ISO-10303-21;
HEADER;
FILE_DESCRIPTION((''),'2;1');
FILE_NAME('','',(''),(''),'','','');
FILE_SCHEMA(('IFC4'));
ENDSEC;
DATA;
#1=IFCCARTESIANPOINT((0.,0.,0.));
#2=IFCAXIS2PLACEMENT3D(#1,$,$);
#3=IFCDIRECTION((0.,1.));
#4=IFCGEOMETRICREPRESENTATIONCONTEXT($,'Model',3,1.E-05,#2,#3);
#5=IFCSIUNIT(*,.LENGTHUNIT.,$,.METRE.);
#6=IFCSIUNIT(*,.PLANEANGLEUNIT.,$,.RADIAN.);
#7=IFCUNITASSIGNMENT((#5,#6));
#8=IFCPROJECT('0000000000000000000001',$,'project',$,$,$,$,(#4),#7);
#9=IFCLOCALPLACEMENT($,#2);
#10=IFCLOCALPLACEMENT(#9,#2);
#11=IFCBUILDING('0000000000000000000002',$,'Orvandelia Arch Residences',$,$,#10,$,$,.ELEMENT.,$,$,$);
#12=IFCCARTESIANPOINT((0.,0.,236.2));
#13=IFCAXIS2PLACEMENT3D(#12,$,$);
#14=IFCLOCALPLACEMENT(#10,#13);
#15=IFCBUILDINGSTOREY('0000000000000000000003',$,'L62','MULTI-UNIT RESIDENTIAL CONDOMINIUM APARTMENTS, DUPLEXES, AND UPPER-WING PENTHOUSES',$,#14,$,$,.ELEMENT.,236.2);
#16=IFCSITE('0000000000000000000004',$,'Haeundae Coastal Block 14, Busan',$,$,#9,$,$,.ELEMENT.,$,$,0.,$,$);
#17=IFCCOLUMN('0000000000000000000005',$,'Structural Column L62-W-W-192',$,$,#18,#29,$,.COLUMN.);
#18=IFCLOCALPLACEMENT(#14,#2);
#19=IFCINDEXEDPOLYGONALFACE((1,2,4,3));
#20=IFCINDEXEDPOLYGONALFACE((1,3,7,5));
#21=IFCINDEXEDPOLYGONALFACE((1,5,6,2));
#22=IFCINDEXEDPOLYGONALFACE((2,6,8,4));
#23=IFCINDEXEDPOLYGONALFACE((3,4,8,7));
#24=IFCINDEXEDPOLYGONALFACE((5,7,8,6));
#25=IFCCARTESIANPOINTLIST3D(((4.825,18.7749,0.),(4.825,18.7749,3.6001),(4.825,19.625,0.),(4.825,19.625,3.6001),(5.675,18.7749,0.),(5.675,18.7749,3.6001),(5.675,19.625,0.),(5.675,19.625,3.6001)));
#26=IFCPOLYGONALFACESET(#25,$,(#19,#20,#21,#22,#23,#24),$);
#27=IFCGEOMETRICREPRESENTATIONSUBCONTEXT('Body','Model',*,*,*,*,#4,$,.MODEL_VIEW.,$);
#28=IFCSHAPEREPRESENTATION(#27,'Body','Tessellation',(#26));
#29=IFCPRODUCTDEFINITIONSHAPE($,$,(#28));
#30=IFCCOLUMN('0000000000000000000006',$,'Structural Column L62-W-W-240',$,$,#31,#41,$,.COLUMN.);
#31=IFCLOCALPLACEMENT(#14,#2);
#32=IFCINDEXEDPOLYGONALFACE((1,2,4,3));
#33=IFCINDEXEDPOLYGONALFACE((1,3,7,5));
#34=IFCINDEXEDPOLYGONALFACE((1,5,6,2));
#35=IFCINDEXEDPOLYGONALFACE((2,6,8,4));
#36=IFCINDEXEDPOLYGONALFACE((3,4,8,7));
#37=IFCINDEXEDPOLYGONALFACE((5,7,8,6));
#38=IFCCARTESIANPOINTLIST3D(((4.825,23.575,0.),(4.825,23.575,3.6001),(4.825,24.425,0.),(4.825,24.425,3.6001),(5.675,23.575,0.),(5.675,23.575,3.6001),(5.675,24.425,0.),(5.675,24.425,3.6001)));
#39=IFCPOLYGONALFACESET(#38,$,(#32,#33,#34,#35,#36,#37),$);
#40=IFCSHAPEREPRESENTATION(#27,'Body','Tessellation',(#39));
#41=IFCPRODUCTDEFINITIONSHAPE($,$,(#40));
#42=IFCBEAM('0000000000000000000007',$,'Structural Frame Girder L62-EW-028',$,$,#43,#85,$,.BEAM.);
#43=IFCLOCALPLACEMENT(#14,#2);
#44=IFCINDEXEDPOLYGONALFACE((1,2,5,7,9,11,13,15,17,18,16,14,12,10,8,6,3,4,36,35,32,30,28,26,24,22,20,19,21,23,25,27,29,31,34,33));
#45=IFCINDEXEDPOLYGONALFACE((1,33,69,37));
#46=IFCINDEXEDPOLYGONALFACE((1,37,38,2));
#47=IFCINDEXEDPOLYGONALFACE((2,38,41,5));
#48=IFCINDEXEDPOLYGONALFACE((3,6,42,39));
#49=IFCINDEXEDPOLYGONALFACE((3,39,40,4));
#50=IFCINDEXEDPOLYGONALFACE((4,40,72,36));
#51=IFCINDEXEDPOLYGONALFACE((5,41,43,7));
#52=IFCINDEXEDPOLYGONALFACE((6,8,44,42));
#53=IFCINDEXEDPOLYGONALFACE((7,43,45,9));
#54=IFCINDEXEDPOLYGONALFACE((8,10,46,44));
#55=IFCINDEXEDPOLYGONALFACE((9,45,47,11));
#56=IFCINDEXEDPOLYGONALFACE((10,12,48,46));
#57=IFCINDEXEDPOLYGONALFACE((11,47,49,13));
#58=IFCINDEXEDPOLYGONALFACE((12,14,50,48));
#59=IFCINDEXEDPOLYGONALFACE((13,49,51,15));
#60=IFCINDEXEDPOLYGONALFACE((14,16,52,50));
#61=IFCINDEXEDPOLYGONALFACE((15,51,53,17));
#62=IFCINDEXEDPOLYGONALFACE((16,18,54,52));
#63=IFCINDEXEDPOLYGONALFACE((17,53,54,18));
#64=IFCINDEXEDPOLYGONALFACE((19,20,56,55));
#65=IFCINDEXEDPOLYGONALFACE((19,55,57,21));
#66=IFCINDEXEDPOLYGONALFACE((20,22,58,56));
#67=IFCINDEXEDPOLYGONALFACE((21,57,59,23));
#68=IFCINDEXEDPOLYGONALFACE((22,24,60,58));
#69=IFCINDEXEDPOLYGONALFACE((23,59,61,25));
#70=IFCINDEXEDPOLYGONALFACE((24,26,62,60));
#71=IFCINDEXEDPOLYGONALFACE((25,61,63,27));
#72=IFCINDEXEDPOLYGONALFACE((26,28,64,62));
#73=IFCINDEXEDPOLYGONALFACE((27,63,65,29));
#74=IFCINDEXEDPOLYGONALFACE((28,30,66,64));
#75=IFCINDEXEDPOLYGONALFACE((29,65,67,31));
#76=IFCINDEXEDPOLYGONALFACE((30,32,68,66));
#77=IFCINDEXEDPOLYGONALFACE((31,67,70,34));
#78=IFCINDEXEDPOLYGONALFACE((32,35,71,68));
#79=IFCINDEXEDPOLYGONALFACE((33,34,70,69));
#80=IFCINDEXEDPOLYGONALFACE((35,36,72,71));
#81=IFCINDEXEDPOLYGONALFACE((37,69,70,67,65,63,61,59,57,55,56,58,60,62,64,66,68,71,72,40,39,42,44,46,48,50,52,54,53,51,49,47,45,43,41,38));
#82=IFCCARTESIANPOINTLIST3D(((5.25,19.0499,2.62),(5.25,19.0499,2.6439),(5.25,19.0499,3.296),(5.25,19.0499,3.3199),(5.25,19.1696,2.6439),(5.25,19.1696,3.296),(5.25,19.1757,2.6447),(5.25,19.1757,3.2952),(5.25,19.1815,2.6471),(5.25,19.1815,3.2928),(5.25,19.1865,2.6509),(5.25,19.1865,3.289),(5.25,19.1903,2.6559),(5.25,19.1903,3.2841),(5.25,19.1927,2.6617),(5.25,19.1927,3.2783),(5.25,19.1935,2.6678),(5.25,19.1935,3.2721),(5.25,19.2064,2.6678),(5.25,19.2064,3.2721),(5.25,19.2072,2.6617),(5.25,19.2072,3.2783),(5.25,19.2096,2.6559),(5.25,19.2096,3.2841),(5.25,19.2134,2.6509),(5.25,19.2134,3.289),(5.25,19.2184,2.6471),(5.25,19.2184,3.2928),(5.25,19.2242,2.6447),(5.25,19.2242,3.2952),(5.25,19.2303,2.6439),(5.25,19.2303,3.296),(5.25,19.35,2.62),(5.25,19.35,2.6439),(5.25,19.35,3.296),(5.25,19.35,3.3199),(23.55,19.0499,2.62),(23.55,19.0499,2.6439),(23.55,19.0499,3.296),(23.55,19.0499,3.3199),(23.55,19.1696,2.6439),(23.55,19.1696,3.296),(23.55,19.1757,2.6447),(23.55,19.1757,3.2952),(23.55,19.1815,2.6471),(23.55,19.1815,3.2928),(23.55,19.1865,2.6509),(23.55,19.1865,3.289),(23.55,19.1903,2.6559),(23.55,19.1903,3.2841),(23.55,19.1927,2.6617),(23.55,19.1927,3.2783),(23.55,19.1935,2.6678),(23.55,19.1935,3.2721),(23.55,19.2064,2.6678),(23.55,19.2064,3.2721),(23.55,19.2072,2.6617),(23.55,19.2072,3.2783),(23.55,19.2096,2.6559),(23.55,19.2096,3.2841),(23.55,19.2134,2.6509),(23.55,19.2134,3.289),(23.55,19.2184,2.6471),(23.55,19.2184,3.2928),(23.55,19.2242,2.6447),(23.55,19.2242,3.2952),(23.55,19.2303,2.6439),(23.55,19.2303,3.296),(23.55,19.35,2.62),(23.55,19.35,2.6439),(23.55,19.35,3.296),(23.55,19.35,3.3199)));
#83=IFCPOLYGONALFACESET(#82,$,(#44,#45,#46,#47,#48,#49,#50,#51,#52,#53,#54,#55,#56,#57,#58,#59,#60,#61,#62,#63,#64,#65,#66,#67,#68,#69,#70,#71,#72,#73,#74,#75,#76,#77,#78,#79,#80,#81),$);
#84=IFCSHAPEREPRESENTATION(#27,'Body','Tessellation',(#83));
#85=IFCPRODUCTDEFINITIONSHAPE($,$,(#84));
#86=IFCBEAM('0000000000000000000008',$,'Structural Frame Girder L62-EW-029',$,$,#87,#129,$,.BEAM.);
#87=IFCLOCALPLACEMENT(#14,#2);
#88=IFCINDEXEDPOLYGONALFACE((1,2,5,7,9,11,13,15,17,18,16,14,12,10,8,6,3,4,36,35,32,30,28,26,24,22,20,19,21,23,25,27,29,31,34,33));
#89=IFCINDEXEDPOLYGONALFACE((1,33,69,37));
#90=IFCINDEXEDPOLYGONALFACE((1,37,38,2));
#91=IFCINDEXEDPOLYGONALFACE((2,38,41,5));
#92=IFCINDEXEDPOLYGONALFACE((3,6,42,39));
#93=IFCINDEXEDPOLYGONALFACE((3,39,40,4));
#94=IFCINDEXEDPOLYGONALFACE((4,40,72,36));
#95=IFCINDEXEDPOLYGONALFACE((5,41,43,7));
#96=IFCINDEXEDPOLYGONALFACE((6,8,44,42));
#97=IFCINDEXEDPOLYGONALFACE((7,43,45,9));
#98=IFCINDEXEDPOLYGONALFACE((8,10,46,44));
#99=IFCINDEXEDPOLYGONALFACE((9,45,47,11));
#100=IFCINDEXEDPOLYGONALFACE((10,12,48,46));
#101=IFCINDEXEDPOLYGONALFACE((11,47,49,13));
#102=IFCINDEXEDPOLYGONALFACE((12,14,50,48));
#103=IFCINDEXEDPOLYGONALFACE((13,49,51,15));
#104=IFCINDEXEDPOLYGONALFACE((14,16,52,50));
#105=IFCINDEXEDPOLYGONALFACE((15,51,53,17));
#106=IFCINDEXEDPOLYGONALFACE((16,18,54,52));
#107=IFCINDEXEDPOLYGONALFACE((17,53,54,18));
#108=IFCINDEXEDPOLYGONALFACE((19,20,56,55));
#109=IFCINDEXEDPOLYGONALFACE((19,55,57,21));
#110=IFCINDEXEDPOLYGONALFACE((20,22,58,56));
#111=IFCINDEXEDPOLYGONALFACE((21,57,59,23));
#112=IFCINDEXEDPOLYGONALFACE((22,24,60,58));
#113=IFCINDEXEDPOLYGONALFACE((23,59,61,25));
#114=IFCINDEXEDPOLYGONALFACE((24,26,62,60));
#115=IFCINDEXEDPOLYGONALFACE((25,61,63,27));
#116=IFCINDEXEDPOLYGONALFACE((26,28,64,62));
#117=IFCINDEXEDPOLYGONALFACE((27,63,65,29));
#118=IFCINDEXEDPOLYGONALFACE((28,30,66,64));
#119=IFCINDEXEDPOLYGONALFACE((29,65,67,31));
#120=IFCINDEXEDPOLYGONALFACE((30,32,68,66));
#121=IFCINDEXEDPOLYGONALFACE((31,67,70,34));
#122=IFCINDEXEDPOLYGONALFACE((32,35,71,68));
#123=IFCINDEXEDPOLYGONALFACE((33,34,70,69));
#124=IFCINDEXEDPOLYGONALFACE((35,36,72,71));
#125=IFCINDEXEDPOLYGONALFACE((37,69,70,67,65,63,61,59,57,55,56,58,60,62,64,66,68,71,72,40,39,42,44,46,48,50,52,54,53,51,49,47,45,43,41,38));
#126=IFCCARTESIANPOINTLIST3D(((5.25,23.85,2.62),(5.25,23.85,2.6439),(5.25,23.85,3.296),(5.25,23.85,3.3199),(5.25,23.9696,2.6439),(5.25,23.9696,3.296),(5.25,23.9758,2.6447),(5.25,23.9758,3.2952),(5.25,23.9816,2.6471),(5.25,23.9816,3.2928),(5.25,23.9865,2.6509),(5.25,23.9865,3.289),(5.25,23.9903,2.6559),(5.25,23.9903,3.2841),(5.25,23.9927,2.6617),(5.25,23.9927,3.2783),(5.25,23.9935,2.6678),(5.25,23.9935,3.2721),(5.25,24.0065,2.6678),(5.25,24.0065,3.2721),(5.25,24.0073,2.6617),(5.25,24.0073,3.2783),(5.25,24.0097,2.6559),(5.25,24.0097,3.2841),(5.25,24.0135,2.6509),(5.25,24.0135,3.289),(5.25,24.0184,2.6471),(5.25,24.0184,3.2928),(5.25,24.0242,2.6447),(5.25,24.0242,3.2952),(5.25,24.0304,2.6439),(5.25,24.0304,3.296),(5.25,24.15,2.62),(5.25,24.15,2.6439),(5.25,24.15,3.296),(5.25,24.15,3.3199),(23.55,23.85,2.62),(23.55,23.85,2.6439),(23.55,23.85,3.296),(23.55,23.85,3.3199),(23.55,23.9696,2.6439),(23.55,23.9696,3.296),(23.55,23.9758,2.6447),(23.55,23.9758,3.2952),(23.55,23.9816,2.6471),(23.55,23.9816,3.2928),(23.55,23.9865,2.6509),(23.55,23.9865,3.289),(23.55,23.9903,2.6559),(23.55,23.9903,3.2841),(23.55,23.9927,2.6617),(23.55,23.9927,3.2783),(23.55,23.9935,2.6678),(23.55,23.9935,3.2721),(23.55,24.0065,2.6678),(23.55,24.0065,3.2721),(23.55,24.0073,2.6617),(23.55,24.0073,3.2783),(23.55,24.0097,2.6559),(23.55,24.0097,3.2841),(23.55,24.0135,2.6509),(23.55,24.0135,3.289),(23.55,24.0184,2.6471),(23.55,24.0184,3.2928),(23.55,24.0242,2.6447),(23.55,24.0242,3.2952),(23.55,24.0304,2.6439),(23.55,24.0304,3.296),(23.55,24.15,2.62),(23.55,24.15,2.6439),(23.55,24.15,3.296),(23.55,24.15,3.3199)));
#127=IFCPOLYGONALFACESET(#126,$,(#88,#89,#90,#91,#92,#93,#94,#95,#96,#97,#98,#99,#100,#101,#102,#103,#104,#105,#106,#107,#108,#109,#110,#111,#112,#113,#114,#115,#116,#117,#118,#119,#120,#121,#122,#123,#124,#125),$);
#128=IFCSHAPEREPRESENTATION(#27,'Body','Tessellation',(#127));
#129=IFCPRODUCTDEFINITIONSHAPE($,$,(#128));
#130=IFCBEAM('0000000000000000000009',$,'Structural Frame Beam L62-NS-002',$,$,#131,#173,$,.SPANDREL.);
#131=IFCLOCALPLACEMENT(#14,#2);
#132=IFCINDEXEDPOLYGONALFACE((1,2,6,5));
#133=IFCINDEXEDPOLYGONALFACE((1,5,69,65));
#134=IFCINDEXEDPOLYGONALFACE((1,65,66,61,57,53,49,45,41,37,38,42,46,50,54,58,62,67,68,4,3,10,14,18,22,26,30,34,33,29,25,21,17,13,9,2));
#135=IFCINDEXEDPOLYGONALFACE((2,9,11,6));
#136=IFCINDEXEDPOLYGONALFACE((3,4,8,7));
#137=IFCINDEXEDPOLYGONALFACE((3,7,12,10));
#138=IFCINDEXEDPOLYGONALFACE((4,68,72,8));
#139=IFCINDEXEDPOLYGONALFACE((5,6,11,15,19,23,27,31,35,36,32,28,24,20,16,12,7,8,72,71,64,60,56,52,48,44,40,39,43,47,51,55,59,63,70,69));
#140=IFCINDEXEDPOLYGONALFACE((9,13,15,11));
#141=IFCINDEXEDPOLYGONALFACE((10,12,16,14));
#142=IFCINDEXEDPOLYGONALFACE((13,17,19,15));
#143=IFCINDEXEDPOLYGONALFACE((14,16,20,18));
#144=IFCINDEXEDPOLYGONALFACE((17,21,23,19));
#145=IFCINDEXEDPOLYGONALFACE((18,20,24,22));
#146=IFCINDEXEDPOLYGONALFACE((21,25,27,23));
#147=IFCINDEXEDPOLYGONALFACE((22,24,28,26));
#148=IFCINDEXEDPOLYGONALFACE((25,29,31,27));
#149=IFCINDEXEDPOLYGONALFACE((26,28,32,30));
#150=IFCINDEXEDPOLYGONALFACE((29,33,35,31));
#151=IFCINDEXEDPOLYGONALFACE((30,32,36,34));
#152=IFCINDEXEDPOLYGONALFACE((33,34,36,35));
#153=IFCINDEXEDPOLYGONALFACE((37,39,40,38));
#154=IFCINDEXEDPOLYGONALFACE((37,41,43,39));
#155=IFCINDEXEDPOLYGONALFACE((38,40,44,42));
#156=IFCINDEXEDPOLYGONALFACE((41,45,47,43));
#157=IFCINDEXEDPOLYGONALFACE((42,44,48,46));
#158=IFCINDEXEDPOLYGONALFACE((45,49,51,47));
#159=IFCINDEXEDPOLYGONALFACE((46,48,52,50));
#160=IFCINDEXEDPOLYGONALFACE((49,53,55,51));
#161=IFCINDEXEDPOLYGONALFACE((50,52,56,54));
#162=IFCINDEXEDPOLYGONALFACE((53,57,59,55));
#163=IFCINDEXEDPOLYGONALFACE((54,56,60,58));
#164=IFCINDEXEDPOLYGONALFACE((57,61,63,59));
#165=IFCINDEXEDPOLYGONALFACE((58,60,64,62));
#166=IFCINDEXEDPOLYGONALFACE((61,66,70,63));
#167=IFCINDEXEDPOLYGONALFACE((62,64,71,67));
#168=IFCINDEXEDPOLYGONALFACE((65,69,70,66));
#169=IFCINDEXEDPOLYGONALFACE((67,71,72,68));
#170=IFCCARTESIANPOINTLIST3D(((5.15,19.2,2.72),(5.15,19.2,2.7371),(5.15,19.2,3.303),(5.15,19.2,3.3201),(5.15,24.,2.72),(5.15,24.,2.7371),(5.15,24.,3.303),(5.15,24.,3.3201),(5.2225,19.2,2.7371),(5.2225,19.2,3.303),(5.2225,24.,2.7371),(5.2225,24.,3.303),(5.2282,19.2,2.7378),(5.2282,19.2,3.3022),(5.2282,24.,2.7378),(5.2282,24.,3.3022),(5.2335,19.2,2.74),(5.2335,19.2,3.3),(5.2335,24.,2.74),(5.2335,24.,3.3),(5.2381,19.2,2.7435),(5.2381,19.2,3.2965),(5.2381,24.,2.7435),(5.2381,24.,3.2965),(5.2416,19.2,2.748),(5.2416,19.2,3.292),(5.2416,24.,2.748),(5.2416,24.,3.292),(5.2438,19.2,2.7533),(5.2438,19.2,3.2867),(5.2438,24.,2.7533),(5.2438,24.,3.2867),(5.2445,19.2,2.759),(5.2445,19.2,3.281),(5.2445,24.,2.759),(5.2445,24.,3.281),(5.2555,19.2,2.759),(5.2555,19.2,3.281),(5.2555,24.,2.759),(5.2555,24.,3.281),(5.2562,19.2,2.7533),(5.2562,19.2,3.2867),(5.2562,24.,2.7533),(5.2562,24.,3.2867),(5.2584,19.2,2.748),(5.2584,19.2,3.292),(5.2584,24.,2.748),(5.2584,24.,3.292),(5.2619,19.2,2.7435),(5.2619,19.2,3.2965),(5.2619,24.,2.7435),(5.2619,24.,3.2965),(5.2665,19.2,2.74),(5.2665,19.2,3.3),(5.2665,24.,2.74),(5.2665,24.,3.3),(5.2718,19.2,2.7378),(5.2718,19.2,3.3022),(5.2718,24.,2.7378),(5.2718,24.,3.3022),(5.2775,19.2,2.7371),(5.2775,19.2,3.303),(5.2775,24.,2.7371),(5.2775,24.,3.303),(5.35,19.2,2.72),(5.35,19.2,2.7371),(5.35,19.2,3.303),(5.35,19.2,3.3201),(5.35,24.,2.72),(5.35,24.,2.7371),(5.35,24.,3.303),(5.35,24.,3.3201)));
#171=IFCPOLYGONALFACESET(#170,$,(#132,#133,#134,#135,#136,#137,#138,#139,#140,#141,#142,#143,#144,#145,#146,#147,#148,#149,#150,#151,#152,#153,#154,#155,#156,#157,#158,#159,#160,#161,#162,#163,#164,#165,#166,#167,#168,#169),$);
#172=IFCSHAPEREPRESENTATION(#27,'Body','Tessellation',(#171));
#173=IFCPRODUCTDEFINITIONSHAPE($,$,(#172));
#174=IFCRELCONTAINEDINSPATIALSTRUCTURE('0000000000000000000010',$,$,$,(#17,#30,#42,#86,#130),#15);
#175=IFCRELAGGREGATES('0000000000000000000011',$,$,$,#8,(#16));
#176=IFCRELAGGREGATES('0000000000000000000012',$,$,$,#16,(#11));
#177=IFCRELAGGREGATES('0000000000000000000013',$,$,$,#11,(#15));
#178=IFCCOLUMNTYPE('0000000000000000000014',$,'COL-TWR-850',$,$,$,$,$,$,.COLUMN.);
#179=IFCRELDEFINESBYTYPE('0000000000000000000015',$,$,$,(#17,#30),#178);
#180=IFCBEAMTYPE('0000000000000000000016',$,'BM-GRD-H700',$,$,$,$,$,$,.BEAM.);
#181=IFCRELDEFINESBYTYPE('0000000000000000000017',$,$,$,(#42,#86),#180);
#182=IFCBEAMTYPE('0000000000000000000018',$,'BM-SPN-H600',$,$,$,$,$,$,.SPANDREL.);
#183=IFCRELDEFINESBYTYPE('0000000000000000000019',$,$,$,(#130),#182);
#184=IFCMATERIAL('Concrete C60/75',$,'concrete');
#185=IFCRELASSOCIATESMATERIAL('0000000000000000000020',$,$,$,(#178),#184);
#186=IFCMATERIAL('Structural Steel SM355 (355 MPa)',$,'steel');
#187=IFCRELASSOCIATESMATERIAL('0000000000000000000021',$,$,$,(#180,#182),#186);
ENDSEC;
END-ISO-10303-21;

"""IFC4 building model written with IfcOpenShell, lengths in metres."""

from ifc_helpers import new_model, si_unit, direction, frame, origin, origin_2d, place, context, subcontext, project, spatial, rectangle, i_section, extrude, material, material_profile, profile_set, type_object, element, save


model = new_model("IFC4")

# Units and contexts
model_context = context("Model", 3, precision=1e-05, world=origin(), true_north=direction((0.0, 1.0)))
body_context = subcontext(model_context, "Body", "Model", "MODEL_VIEW")
ifc_project = project(units=[si_unit("LENGTHUNIT", "METRE"), si_unit("PLANEANGLEUNIT", "RADIAN")], contexts=[model_context])

# Site, building, storey
site_placement = place(None, origin())
site = spatial("IfcSite", under=ifc_project, at=site_placement, Name="Haeundae Coastal Block 14, Busan", CompositionType="ELEMENT", RefElevation=0.0)
building_placement = place(site_placement, origin())
building = spatial("IfcBuilding", under=site, at=building_placement, Name="Orvandelia Arch Residences", CompositionType="ELEMENT")
storey_placement = place(building_placement, frame((0.0, 0.0, 236.2)))
storey = spatial("IfcBuildingStorey", under=building, at=storey_placement, Name="L62", Description="MULTI-UNIT RESIDENTIAL CONDOMINIUM APARTMENTS, DUPLEXES, AND UPPER-WING PENTHOUSES", CompositionType="ELEMENT", Elevation=236.2)

# Columns
ifc_material_1 = material(Name="Concrete C60/75", Category="concrete")
ifc_material_profile_1 = material_profile(ifc_material_1, rectangle(XDim=0.8501, YDim=0.8501, at=origin_2d()), Name="Concrete C60/75", Category="concrete")
ifc_profile_set_1 = profile_set([ifc_material_profile_1], Name="Concrete C60/75")
column_type = type_object("IfcColumnType", Name="COL-TWR-850", PredefinedType="COLUMN", material=ifc_profile_set_1)
for number, where, z_axis, x_axis, name in (
    (1, (5.25, 19.2, 0.0), (0.0, 0.0, 1.0), (1.0, 0.0, 0.0), "Structural Column L62-W-W-192"),
    (2, (5.25, 24.0, 0.0), (0.0, 0.0, 1.0), (1.0, 0.0, 0.0), "Structural Column L62-W-W-240"),
):
    element("IfcColumn", number, at=place(storey_placement, frame(where, z_axis=z_axis, x_axis=x_axis)), inside=storey, type_object=column_type, Name=name, PredefinedType="COLUMN", context=body_context, shape_type="SweptSolid", body=[
        extrude(rectangle(XDim=0.8501, YDim=0.8501, at=origin_2d()), origin(), (0.0, 0.0, 1.0), 3.6001),
    ])

# Beams
ifc_material_2 = material(Name="Structural Steel SM355 (355 MPa)", Category="steel")
ifc_material_profile_2 = material_profile(ifc_material_2, i_section(OverallWidth=0.3, OverallDepth=0.7, WebThickness=0.0129, FlangeThickness=0.0239, FilletRadius=0.0239, at=origin_2d()), Name="Structural Steel SM355 (355 MPa)", Category="steel")
ifc_profile_set_2 = profile_set([ifc_material_profile_2], Name="Structural Steel SM355 (355 MPa)")
beam_type_1 = type_object("IfcBeamType", Name="BM-GRD-H700", PredefinedType="BEAM", material=ifc_profile_set_2)
for number, where, z_axis, x_axis, name in (
    (3, (5.25, 19.2, 2.97), (1.0, 0.0, 0.0), (0.0, 1.0, 0.0), "Structural Frame Girder L62-EW-028"),
    (4, (5.25, 24.0, 2.97), (1.0, 0.0, 0.0), (0.0, 1.0, 0.0), "Structural Frame Girder L62-EW-029"),
):
    element("IfcBeam", number, at=place(storey_placement, frame(where, z_axis=z_axis, x_axis=x_axis)), inside=storey, type_object=beam_type_1, Name=name, PredefinedType="BEAM", context=body_context, shape_type="SweptSolid", body=[
        extrude(i_section(OverallWidth=0.3, OverallDepth=0.7, WebThickness=0.0129, FlangeThickness=0.0239, FilletRadius=0.0239, at=origin_2d()), origin(), (0.0, 0.0, 1.0), 18.3),
    ])
ifc_material_profile_3 = material_profile(ifc_material_2, i_section(OverallWidth=0.2, OverallDepth=0.6001, WebThickness=0.011, FlangeThickness=0.0171, FilletRadius=0.022, at=origin_2d()), Name="Structural Steel SM355 (355 MPa)", Category="steel")
ifc_profile_set_3 = profile_set([ifc_material_profile_3], Name="Structural Steel SM355 (355 MPa)")
beam_type_2 = type_object("IfcBeamType", Name="BM-SPN-H600", PredefinedType="SPANDREL", material=ifc_profile_set_3)
beam_1_placement = place(storey_placement, frame((5.25, 19.2, 3.02), z_axis=(0.0, 1.0, 0.0), x_axis=(-1.0, 0.0, 0.0)))
element("IfcBeam", 5, at=beam_1_placement, inside=storey, type_object=beam_type_2, Name="Structural Frame Beam L62-NS-002", PredefinedType="SPANDREL", context=body_context, shape_type="SweptSolid", body=[
    extrude(i_section(OverallWidth=0.2, OverallDepth=0.6001, WebThickness=0.011, FlangeThickness=0.0171, FilletRadius=0.022, at=origin_2d()), origin(), (0.0, 0.0, 1.0), 4.8),
])

save(model, "model.ifc")
